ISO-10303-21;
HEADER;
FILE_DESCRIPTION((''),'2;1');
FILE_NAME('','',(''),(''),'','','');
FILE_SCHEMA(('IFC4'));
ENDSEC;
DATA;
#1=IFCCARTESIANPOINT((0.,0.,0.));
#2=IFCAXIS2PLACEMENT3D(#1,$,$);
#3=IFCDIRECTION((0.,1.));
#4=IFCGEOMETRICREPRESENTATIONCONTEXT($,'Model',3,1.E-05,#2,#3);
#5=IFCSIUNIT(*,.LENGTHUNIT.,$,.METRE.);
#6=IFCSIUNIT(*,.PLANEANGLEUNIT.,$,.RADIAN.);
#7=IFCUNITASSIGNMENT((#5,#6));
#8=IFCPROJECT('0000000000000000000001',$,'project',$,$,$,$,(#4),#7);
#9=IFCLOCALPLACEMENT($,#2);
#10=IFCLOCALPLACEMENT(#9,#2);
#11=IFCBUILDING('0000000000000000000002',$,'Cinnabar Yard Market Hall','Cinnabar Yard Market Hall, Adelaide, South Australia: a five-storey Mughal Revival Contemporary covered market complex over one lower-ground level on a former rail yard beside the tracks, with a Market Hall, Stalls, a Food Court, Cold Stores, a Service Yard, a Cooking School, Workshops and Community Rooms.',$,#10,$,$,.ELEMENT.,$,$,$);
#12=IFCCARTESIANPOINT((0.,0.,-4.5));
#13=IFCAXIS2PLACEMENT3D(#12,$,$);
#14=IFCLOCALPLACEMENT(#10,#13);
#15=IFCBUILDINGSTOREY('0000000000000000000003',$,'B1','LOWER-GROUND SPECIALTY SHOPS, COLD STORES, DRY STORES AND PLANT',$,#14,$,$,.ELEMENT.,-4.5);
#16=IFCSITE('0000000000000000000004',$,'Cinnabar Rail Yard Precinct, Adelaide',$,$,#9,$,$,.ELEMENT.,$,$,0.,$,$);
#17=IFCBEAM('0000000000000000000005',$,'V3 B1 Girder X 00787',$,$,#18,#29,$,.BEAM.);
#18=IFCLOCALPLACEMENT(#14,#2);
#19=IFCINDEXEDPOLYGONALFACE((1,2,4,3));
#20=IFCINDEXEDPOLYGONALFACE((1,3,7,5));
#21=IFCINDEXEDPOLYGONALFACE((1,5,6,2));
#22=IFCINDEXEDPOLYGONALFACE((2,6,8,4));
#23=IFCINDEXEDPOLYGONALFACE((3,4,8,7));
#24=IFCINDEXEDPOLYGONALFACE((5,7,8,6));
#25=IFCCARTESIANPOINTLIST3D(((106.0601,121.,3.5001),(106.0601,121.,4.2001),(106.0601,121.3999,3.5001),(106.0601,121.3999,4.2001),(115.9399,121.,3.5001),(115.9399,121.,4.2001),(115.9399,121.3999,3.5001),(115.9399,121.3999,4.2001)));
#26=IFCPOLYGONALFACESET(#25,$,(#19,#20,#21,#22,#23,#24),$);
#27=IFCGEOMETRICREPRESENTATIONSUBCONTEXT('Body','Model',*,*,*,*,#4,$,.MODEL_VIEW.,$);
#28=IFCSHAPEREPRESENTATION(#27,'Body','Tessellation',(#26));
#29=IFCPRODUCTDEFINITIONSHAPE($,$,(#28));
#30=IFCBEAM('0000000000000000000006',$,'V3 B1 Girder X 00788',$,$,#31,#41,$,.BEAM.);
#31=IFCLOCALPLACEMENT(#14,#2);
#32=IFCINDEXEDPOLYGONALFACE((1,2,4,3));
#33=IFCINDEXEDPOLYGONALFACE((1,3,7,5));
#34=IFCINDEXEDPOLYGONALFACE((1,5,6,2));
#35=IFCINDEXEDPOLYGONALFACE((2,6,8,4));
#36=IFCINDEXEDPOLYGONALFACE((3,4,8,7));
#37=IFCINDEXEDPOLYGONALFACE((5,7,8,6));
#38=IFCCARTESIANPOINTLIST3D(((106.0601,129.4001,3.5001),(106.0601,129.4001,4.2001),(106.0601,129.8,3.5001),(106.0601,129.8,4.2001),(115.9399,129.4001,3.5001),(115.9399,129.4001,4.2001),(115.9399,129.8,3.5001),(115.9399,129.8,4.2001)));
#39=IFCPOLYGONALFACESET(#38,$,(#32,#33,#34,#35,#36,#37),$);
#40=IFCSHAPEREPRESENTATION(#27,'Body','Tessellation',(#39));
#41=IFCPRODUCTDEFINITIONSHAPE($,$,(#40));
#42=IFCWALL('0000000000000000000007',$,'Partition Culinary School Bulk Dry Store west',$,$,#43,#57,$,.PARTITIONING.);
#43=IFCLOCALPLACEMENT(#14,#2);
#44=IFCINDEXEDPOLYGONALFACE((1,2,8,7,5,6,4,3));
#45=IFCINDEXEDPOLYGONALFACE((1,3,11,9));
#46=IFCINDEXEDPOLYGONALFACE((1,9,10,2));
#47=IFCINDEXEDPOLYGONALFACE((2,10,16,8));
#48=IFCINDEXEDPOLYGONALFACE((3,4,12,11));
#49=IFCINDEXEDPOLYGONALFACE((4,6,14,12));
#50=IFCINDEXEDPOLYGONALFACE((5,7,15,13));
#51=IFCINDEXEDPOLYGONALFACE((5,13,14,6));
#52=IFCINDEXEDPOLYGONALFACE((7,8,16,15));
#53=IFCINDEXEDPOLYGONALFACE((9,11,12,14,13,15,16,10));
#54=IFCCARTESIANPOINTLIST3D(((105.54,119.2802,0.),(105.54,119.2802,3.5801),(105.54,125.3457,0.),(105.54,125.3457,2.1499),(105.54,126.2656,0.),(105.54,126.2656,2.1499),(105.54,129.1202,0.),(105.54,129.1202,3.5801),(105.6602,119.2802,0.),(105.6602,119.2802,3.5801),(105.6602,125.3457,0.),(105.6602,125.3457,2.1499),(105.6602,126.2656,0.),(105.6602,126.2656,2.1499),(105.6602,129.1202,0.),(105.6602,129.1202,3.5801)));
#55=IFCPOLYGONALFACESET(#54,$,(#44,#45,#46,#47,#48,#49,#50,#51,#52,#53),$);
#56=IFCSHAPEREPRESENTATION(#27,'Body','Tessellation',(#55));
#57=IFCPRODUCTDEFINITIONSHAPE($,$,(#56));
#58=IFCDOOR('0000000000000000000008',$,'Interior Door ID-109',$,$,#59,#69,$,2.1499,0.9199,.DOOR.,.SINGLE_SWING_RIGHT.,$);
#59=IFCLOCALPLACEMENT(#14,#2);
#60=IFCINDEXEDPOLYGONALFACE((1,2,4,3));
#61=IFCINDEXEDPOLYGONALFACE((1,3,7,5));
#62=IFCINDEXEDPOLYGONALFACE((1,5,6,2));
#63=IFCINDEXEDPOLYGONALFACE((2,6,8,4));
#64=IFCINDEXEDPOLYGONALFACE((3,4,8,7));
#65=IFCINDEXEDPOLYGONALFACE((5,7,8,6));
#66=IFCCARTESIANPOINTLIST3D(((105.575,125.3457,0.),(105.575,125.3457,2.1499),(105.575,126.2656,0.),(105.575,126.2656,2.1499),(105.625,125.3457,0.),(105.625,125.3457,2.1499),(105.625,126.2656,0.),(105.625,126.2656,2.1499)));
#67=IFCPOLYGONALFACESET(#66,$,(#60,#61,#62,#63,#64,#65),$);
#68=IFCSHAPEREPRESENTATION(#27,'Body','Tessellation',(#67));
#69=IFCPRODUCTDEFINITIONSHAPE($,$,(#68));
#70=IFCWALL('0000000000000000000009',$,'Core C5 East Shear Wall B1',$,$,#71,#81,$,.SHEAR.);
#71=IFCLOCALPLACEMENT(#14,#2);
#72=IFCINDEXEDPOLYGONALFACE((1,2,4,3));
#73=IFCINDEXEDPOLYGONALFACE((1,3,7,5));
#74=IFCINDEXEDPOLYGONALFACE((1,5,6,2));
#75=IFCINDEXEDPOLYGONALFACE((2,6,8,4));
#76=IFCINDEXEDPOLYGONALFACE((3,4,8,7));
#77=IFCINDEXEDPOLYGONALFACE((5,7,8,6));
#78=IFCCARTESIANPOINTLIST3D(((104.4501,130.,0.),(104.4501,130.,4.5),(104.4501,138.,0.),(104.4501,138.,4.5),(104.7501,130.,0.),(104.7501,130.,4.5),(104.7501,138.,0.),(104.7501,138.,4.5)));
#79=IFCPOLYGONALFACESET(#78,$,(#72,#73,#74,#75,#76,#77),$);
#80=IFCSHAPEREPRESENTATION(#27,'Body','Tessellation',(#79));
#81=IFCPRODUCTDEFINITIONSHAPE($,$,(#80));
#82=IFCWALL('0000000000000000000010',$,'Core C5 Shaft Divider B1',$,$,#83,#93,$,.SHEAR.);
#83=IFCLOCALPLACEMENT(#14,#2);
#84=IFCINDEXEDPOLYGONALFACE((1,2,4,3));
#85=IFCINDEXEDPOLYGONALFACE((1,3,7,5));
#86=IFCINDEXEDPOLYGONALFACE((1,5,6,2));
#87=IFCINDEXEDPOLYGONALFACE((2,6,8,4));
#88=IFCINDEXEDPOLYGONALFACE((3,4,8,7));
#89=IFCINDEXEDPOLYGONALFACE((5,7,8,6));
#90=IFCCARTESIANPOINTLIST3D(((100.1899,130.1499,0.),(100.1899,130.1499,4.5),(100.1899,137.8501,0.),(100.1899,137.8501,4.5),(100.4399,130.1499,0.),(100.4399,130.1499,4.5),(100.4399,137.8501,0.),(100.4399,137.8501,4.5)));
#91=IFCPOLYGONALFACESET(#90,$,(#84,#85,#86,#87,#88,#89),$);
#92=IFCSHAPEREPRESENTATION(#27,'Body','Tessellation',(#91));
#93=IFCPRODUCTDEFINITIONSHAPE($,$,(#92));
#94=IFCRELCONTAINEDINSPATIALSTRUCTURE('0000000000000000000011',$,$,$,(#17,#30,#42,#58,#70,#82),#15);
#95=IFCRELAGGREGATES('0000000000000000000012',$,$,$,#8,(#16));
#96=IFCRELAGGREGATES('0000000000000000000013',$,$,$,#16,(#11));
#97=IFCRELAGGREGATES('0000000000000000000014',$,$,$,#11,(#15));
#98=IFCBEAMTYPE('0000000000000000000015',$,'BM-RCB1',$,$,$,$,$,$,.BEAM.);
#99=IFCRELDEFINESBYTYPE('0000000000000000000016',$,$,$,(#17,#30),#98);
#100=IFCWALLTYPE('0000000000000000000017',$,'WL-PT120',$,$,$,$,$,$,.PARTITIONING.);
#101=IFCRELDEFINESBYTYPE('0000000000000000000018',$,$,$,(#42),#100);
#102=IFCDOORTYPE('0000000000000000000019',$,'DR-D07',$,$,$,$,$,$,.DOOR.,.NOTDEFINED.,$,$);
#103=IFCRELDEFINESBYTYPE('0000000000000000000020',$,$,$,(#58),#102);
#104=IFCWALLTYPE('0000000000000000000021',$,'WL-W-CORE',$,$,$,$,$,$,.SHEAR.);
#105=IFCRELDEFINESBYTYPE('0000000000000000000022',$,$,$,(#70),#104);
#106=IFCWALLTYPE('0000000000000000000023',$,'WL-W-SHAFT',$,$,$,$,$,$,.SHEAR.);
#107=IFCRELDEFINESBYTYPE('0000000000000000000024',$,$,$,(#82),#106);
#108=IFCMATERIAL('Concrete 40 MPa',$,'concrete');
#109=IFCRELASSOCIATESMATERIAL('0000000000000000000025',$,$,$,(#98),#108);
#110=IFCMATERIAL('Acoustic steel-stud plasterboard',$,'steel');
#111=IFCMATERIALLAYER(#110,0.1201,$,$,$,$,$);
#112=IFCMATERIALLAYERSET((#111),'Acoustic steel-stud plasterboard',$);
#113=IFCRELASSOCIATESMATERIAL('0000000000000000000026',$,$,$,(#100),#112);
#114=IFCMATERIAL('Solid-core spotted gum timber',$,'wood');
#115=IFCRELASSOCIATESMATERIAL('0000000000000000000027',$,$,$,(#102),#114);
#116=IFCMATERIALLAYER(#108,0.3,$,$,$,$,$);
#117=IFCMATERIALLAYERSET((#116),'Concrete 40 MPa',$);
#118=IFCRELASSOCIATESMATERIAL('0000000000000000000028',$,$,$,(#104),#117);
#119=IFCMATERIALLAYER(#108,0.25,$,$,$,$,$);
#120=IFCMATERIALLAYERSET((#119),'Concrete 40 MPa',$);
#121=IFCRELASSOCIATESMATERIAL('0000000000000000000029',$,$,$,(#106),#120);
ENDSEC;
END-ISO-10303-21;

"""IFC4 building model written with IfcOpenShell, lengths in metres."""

from ifc_helpers import new_model, si_unit, direction, frame, frame_2d, origin, origin_2d_with_axis, place, context, subcontext, project, spatial, rectangle, extrude, material, layer, layer_set, material_profile, profile_set, type_object, element, fill, save


model = new_model("IFC4")

# Units and contexts
model_context = context("Model", 3, precision=1e-05, world=origin(), true_north=direction((0.0, 1.0)))
body_context = subcontext(model_context, "Body", "Model", "MODEL_VIEW")
ifc_project = project(units=[si_unit("LENGTHUNIT", "METRE"), si_unit("PLANEANGLEUNIT", "RADIAN")], contexts=[model_context])

# Site, building, storey
site_placement = place(None, origin())
site = spatial("IfcSite", under=ifc_project, at=site_placement, Name="Cinnabar Rail Yard Precinct, Adelaide", CompositionType="ELEMENT", RefElevation=0.0)
building_placement = place(site_placement, origin())
building = spatial("IfcBuilding", under=site, at=building_placement, Name="Cinnabar Yard Market Hall", Description="Cinnabar Yard Market Hall, Adelaide, South Australia: a five-storey Mughal Revival Contemporary covered market complex over one lower-ground level on a former rail yard beside the tracks, with a Market Hall, Stalls, a Food Court, Cold Stores, a Service Yard, a Cooking School, Workshops and Community Rooms.", CompositionType="ELEMENT")
storey_placement = place(building_placement, frame((0.0, 0.0, -4.5)))
storey = spatial("IfcBuildingStorey", under=building, at=storey_placement, Name="B1", Description="LOWER-GROUND SPECIALTY SHOPS, COLD STORES, DRY STORES AND PLANT", CompositionType="ELEMENT", Elevation=-4.5)

# Shared definitions
ifc_material_1 = material(Name="Concrete 40 MPa", Category="concrete")

# Beams
ifc_material_profile_1 = material_profile(ifc_material_1, rectangle(XDim=0.3999, YDim=0.7, at=origin_2d_with_axis()), Name="RCB-400x700")
ifc_profile_set_1 = profile_set([ifc_material_profile_1], Name="Concrete 40 MPa")
beam_type_1 = type_object("IfcBeamType", Name="BM-RCB1", PredefinedType="BEAM", material=ifc_profile_set_1)
for number, where, z_axis, x_axis, name in (
    (1, (106.0601, 121.2, 3.8501), (1.0, 0.0, 0.0), (0.0, 1.0, 0.0), "V3 B1 Girder X 00787"),
    (2, (106.0601, 129.6001, 3.8501), (1.0, 0.0, 0.0), (0.0, 1.0, 0.0), "V3 B1 Girder X 00788"),
):
    element("IfcBeam", number, at=place(storey_placement, frame(where, z_axis=z_axis, x_axis=x_axis)), inside=storey, type_object=beam_type_1, Name=name, PredefinedType="BEAM", context=body_context, shape_type="SweptSolid", body=[
        extrude(rectangle(XDim=0.3999, YDim=0.7, at=origin_2d_with_axis()), origin(), (0.0, 0.0, 1.0), 9.8799),
    ])

# Wall, opening, door
ifc_material_2 = material(Name="Acoustic steel-stud plasterboard", Category="steel")
ifc_layer_1 = layer(ifc_material_2, 0.1201)
ifc_layer_set_1 = layer_set([ifc_layer_1], Name="Acoustic steel-stud plasterboard")
wall_type_1 = type_object("IfcWallType", Name="WL-PT120", PredefinedType="PARTITIONING", material=ifc_layer_set_1)
wall_1_placement = place(storey_placement, frame((105.6001, 129.1201, 0.0), z_axis=(0.0, 0.0, 1.0), x_axis=(0.0, -1.0, 0.0)))
wall_1 = element("IfcWall", 3, at=wall_1_placement, inside=storey, type_object=wall_type_1, Name="Partition Culinary School Bulk Dry Store west", PredefinedType="PARTITIONING", context=body_context, shape_type="SweptSolid", body=[
    extrude(rectangle(XDim=9.8401, YDim=0.1201, at=frame_2d((4.9199, 0.0), x_axis=(1.0, 0.0))), origin(), (0.0, 0.0, 1.0), 3.5801),
])
opening_1_placement = place(wall_1_placement, frame((2.8545, 0.0, 0.0)))
opening_1 = element("IfcOpeningElement", 4, at=opening_1_placement, cuts=wall_1, PredefinedType="OPENING", context=body_context, shape_type="SweptSolid", body=[
    extrude(rectangle(XDim=0.9199, YDim=2.1499, at=frame_2d((0.46, 1.075), x_axis=(1.0, 0.0))), frame((0.0, 0.0701, 0.0), z_axis=(0.0, -1.0, 0.0), x_axis=(1.0, 0.0, 0.0)), (0.0, 0.0, 1.0), 0.1401),
])
ifc_material_3 = material(Name="Solid-core spotted gum timber", Category="wood")
door_type_1 = type_object("IfcDoorType", Name="DR-D07", OperationType="NOTDEFINED", PredefinedType="DOOR", material=ifc_material_3)
door_1_placement = place(opening_1_placement, origin())
door_1 = element("IfcDoor", 5, at=door_1_placement, inside=storey, type_object=door_type_1, Name="Interior Door ID-109", OperationType="SINGLE_SWING_RIGHT", OverallHeight=2.1499, OverallWidth=0.9199, PredefinedType="DOOR", context=body_context, shape_type="SweptSolid", body=[
    extrude(rectangle(XDim=0.9199, YDim=2.1499, at=frame_2d((0.46, 1.075), x_axis=(1.0, 0.0))), frame((0.0, 0.0249, 0.0), z_axis=(0.0, -1.0, 0.0), x_axis=(1.0, 0.0, 0.0)), (0.0, 0.0, 1.0), 0.05),
])
fill(opening_1, door_1)

# Wall
ifc_layer_2 = layer(ifc_material_1, 0.3)
ifc_layer_set_2 = layer_set([ifc_layer_2], Name="Concrete 40 MPa")
wall_type_2 = type_object("IfcWallType", Name="WL-W-CORE", PredefinedType="SHEAR", material=ifc_layer_set_2)
wall_2_placement = place(storey_placement, frame((104.6001, 130.0, 0.0), z_axis=(0.0, 0.0, 1.0), x_axis=(0.0, 1.0, 0.0)))
element("IfcWall", 6, at=wall_2_placement, inside=storey, type_object=wall_type_2, Name="Core C5 East Shear Wall B1", PredefinedType="SHEAR", context=body_context, shape_type="SweptSolid", body=[
    extrude(rectangle(XDim=8.0, YDim=0.3, at=frame_2d((4.0, 0.0), x_axis=(1.0, 0.0))), origin(), (0.0, 0.0, 1.0), 4.5),
])

# Wall
ifc_layer_3 = layer(ifc_material_1, 0.25)
ifc_layer_set_3 = layer_set([ifc_layer_3], Name="Concrete 40 MPa")
wall_type_3 = type_object("IfcWallType", Name="WL-W-SHAFT", PredefinedType="SHEAR", material=ifc_layer_set_3)
wall_3_placement = place(storey_placement, frame((100.3149, 130.1499, 0.0), z_axis=(0.0, 0.0, 1.0), x_axis=(0.0, 1.0, 0.0)))
element("IfcWall", 7, at=wall_3_placement, inside=storey, type_object=wall_type_3, Name="Core C5 Shaft Divider B1", PredefinedType="SHEAR", context=body_context, shape_type="SweptSolid", body=[
    extrude(rectangle(XDim=7.7002, YDim=0.25, at=frame_2d((3.8501, 0.0), x_axis=(1.0, 0.0))), origin(), (0.0, 0.0, 1.0), 4.5),
])

save(model, "model.ifc")
